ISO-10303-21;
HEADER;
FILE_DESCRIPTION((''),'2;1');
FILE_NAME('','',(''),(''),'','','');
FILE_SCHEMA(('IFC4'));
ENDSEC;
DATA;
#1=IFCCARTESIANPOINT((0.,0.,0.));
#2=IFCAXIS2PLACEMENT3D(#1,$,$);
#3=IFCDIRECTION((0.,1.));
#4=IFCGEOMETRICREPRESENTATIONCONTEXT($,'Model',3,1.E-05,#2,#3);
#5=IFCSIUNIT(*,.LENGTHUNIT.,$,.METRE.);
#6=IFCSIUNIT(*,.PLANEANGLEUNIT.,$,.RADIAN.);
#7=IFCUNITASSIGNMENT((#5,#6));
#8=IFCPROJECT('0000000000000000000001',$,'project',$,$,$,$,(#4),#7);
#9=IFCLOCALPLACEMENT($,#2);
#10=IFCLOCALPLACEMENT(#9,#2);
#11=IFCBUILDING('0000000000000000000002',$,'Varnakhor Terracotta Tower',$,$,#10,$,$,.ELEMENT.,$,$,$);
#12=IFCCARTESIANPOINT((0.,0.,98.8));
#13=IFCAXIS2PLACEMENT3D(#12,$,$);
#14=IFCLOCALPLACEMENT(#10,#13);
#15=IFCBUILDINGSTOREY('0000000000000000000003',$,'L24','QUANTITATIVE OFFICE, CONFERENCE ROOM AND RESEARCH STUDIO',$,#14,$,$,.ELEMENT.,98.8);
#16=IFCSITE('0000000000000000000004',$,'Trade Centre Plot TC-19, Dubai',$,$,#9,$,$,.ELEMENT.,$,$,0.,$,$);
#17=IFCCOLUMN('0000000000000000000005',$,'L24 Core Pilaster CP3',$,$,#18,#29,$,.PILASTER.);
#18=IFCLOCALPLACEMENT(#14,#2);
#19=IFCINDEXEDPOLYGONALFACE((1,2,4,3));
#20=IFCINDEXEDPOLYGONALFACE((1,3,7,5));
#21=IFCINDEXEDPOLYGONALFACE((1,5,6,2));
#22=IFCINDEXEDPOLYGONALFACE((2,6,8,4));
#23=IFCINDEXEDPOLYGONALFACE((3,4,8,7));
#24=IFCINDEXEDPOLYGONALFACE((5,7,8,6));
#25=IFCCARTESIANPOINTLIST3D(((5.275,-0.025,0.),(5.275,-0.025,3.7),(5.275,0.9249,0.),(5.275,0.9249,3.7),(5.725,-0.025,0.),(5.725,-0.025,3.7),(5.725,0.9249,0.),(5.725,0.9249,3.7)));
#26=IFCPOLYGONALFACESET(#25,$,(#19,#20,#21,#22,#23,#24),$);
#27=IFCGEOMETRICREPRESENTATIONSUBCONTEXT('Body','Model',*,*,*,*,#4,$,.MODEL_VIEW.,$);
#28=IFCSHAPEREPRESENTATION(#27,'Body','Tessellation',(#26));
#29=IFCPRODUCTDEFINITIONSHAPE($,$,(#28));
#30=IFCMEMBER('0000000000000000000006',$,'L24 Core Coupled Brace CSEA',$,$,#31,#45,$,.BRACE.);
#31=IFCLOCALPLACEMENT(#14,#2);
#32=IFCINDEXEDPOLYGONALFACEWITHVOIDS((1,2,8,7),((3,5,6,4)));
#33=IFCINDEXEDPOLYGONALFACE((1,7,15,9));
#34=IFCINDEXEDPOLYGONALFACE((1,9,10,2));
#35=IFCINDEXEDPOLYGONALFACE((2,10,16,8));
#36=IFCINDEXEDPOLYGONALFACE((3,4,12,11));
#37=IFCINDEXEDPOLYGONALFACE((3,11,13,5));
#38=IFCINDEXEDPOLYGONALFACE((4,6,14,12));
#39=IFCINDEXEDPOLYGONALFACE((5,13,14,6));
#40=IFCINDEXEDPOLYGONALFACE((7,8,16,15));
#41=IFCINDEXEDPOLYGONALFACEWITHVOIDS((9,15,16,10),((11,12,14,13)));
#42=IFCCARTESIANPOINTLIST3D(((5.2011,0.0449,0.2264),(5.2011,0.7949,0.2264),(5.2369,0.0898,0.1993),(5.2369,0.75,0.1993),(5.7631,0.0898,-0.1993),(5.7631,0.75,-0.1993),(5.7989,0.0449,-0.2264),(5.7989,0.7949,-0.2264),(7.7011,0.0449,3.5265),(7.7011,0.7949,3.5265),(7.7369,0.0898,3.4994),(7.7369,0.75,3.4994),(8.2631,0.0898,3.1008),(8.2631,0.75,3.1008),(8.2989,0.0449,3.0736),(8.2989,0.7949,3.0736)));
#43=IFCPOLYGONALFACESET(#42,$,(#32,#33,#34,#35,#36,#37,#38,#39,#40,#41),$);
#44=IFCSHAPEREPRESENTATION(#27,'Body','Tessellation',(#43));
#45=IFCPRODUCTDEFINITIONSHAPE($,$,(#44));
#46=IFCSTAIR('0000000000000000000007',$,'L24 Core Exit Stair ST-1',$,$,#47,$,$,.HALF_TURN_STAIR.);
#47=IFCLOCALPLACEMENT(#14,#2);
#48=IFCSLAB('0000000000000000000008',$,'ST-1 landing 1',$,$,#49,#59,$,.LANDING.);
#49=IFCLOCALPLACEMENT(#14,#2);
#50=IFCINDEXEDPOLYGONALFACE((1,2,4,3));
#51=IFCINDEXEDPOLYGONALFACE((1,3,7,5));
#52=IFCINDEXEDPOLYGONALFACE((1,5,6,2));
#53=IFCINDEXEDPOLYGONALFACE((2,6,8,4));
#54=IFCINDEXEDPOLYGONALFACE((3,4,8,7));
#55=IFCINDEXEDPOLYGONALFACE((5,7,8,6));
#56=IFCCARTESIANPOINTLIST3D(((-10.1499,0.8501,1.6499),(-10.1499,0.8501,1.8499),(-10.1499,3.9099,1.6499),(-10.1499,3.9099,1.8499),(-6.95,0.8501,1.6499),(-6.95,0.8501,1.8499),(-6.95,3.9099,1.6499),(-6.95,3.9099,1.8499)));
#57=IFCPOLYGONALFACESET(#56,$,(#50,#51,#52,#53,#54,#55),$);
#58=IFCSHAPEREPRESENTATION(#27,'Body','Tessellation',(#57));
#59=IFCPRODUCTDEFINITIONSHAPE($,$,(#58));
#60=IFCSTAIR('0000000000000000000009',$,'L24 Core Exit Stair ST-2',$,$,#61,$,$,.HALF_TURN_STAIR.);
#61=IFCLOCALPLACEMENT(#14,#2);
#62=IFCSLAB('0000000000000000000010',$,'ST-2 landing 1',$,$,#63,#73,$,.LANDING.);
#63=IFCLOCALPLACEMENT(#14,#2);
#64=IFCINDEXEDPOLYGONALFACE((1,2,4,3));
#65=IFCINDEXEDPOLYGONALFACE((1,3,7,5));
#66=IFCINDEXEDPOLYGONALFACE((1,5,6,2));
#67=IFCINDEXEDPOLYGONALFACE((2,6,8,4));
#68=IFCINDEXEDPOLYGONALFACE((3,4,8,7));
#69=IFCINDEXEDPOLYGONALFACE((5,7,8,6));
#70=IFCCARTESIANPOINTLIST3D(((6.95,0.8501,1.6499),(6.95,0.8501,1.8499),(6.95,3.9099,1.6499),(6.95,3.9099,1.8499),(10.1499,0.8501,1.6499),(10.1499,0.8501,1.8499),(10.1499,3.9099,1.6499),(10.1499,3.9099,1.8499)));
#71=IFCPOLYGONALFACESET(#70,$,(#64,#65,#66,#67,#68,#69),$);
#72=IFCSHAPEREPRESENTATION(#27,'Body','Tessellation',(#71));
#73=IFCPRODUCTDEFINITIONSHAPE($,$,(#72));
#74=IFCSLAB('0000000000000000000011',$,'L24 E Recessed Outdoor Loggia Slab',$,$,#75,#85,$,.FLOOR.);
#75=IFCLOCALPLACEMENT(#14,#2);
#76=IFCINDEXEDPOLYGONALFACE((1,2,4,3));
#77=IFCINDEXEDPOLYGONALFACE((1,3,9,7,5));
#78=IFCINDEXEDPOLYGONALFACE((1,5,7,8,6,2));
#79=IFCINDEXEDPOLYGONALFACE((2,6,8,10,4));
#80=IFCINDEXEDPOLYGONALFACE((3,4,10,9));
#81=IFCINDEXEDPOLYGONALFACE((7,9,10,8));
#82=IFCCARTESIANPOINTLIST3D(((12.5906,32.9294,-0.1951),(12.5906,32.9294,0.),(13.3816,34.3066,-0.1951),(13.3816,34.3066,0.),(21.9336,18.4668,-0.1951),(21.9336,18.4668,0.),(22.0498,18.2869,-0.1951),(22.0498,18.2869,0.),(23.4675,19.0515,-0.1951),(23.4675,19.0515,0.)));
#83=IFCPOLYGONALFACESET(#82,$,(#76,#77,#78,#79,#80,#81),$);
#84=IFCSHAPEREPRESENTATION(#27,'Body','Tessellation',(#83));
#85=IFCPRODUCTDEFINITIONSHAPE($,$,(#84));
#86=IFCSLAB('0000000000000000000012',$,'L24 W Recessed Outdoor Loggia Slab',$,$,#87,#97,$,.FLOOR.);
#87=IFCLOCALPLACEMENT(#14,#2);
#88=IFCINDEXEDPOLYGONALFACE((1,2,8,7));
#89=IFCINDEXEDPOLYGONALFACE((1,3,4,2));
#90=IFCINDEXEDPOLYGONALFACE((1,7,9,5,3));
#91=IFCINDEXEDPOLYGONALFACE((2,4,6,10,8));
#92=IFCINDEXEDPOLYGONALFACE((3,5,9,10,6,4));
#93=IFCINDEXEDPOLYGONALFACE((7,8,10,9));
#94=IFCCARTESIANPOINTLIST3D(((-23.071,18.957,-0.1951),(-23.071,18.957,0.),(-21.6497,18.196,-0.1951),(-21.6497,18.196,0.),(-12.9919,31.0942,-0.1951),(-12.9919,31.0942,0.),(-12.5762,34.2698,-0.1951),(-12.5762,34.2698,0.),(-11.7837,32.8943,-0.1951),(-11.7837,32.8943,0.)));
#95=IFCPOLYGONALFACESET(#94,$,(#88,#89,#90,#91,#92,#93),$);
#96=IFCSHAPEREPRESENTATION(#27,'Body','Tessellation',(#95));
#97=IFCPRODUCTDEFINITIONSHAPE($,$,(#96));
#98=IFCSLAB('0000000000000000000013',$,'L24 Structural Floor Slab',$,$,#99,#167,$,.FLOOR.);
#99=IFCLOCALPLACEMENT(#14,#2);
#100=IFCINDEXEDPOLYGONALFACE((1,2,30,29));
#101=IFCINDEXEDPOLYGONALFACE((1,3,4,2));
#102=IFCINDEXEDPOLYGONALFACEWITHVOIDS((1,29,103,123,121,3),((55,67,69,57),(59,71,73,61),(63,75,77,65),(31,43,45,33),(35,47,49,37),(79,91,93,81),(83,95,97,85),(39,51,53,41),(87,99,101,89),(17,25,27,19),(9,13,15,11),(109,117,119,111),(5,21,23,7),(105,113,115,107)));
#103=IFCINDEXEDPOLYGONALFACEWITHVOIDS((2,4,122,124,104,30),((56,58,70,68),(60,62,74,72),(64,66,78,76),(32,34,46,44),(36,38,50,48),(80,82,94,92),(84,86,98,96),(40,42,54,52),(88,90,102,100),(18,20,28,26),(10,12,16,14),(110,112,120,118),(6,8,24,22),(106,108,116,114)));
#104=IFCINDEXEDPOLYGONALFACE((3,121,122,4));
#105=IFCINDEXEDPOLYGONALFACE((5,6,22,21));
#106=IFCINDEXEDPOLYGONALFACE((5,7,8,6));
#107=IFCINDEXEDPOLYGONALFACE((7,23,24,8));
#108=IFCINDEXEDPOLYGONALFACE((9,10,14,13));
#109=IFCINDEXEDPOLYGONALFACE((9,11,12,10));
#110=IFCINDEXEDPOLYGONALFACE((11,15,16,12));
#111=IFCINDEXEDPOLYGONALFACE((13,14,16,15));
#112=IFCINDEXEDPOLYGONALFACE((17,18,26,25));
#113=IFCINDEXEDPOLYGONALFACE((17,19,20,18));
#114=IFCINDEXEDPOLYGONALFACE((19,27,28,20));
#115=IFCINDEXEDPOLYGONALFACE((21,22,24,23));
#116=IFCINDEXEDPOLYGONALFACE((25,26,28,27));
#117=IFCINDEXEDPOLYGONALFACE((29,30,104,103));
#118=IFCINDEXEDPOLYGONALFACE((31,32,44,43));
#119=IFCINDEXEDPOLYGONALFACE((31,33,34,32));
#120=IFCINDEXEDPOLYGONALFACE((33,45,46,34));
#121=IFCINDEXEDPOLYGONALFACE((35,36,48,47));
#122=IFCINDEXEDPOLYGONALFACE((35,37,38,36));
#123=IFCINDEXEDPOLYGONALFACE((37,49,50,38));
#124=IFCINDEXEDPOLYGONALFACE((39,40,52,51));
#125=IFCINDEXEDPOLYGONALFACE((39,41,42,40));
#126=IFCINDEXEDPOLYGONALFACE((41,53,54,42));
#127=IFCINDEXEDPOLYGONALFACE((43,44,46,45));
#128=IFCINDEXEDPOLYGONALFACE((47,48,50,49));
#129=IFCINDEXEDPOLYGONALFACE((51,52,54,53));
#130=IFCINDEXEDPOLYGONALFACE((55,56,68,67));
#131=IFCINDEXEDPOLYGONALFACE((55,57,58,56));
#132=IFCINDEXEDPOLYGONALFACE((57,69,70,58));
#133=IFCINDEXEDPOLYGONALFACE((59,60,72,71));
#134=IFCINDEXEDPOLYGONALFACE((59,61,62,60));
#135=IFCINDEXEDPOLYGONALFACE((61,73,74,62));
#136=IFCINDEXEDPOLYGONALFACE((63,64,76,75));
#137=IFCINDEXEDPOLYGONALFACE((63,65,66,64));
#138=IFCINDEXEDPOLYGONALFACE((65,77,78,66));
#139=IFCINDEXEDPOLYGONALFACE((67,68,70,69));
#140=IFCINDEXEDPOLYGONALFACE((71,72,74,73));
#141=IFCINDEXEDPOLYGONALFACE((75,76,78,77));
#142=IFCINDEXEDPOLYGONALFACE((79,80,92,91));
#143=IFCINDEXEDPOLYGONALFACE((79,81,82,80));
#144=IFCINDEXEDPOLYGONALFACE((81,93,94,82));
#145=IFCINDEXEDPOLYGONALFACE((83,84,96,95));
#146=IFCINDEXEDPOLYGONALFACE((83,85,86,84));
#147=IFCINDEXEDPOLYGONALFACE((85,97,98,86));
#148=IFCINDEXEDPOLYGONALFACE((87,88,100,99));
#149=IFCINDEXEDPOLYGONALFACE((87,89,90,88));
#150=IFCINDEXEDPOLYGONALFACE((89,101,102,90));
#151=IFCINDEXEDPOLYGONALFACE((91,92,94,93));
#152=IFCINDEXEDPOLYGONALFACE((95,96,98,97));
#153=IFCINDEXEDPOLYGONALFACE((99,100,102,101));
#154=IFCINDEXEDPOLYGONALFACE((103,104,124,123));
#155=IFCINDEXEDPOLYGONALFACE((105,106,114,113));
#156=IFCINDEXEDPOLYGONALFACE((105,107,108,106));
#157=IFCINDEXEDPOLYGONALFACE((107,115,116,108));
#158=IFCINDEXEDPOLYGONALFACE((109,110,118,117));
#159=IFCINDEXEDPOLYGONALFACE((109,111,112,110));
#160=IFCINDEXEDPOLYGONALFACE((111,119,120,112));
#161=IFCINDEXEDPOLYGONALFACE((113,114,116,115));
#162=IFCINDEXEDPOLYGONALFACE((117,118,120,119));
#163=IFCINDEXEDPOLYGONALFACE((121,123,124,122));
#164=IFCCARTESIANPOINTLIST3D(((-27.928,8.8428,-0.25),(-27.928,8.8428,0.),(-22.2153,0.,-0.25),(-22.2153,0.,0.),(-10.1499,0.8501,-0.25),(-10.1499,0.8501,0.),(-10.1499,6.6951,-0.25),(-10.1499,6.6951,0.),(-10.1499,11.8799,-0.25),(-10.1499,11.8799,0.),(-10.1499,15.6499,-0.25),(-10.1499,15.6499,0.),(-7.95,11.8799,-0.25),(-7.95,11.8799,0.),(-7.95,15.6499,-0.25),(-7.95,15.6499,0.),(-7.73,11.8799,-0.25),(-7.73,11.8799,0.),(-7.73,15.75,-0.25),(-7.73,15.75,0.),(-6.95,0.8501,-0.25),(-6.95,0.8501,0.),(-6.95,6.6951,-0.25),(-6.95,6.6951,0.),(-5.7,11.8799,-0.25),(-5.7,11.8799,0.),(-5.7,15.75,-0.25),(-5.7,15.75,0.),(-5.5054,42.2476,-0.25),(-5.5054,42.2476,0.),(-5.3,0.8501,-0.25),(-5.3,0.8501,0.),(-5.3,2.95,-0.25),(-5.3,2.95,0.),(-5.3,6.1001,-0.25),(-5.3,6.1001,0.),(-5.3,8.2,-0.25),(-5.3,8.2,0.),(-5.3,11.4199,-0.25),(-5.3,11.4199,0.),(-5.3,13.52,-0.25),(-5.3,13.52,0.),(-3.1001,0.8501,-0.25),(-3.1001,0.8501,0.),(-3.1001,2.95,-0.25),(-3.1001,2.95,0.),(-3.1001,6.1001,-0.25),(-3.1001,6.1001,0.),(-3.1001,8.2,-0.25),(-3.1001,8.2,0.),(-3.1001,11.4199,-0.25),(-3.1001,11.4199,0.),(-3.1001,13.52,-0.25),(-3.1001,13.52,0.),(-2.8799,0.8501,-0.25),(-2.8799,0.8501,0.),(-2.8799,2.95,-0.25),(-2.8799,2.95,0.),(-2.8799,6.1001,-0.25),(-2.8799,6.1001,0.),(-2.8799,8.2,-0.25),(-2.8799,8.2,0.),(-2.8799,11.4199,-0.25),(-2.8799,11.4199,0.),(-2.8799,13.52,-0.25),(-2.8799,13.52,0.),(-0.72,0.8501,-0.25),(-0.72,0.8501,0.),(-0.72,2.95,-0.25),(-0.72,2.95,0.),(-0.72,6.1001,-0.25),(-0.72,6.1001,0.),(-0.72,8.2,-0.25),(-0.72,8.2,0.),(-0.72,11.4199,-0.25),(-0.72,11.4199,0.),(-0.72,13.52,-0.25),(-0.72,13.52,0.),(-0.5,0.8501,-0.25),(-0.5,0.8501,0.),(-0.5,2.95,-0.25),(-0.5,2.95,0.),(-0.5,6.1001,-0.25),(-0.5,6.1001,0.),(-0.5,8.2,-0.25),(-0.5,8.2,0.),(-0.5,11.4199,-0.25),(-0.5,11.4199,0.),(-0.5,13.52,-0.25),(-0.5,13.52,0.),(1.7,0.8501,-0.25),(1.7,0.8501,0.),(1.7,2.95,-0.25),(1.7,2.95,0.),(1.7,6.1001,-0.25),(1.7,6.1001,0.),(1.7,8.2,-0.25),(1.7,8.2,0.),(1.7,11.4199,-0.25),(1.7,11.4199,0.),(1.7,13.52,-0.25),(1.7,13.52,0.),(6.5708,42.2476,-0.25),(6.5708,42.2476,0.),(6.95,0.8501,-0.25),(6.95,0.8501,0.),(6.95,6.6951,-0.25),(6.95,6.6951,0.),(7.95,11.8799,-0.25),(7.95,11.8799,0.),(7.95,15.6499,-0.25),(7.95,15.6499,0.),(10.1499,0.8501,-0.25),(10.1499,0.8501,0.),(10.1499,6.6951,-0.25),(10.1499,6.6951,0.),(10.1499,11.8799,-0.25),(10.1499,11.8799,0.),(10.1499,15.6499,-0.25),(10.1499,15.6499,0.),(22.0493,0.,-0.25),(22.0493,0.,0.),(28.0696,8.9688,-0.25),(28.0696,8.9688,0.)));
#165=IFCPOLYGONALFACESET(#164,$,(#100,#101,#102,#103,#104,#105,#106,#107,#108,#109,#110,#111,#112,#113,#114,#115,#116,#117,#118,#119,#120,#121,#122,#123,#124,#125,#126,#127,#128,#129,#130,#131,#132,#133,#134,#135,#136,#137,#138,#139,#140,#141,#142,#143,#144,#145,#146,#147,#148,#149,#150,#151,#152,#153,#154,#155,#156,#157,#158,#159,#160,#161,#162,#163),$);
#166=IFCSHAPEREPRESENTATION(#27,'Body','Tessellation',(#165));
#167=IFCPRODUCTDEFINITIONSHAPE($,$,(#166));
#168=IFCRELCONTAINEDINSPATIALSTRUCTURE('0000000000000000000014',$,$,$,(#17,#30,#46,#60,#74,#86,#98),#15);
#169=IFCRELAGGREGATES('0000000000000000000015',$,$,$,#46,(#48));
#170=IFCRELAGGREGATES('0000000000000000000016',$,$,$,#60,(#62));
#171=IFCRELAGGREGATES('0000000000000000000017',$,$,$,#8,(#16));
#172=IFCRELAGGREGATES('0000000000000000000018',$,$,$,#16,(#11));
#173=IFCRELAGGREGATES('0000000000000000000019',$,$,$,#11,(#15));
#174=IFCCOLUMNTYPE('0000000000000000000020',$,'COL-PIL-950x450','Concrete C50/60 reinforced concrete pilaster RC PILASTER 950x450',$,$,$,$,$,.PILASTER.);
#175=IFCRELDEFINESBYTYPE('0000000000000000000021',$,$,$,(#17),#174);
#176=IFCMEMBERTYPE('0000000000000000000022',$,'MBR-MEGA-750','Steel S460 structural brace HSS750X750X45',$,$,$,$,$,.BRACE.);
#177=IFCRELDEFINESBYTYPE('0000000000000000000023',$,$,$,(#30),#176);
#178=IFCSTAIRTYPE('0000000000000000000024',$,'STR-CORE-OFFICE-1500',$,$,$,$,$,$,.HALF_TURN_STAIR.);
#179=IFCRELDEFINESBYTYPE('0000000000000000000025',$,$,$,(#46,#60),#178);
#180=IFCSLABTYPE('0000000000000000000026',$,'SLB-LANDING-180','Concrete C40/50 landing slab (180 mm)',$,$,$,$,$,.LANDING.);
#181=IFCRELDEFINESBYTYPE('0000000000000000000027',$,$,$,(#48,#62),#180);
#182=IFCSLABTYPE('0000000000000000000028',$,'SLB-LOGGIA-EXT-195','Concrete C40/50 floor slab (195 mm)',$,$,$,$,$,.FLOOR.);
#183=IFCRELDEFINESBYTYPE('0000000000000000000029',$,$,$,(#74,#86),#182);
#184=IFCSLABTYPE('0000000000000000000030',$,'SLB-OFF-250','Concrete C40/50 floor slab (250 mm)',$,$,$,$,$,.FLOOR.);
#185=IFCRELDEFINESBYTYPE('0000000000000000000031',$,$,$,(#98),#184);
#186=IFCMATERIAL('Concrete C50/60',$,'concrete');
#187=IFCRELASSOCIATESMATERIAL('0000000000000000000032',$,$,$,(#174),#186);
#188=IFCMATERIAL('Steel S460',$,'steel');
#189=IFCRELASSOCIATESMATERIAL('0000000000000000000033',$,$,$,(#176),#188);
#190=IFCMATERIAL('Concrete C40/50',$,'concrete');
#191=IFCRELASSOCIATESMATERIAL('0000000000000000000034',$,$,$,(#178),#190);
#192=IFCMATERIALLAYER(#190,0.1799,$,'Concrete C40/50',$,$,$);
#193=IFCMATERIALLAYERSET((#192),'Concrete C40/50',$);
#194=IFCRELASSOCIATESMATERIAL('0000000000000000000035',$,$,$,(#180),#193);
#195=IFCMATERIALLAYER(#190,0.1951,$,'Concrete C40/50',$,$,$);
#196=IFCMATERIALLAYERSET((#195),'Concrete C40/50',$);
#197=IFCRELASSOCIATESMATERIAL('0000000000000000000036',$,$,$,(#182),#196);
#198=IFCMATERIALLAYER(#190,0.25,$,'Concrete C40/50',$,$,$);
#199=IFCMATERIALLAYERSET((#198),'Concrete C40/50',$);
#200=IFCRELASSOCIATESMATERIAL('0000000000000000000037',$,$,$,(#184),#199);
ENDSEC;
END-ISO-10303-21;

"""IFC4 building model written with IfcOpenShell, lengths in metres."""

from ifc_helpers import new_model, si_unit, direction, frame, origin, origin_2d, place, context, subcontext, project, spatial, polyline, rectangle, hollow_rectangle, outline, extrude, source, transform, mapped, material, layer, layer_set, material_profile, profile_set, type_object, type_shapes, element, aggregate, save


model = new_model("IFC4")

# Units and contexts
model_context = context("Model", 3, precision=1e-05, world=origin(), true_north=direction((0.0, 1.0)))
body_context = subcontext(model_context, "Body", "Model", "MODEL_VIEW")
ifc_project = project(units=[si_unit("LENGTHUNIT", "METRE"), si_unit("PLANEANGLEUNIT", "RADIAN")], contexts=[model_context])

# Site, building, storey
site_placement = place(None, origin())
site = spatial("IfcSite", under=ifc_project, at=site_placement, Name="Trade Centre Plot TC-19, Dubai", CompositionType="ELEMENT", RefElevation=0.0)
building_placement = place(site_placement, origin())
building = spatial("IfcBuilding", under=site, at=building_placement, Name="Varnakhor Terracotta Tower", CompositionType="ELEMENT")
storey_placement = place(building_placement, frame((0.0, 0.0, 98.8)))
storey = spatial("IfcBuildingStorey", under=building, at=storey_placement, Name="L24", Description="QUANTITATIVE OFFICE, CONFERENCE ROOM AND RESEARCH STUDIO", CompositionType="ELEMENT", Elevation=98.8)

# Column
ifc_material_1 = material(Name="Concrete C50/60", Category="concrete")
ifc_material_profile_1 = material_profile(ifc_material_1, rectangle(XDim=0.45, YDim=0.95, at=origin_2d()), Name="RC PILASTER 950x450")
ifc_profile_set_1 = profile_set([ifc_material_profile_1], Name="Concrete C50/60")
column_type = type_object("IfcColumnType", Name="COL-PIL-950x450", Description="Concrete C50/60 reinforced concrete pilaster RC PILASTER 950x450", PredefinedType="PILASTER", material=ifc_profile_set_1)
shared_shape_1 = source(origin(), body_context, "Body", "SweptSolid", [
    extrude(rectangle(XDim=0.45, YDim=0.95, at=origin_2d()), origin(), (0.0, 0.0, 1.0), 3.7),
])
column_placement = place(storey_placement, frame((5.5, 0.45, 0.0), z_axis=(0.0, 0.0, 1.0), x_axis=(1.0, 0.0, 0.0)))
element("IfcColumn", 1, at=column_placement, inside=storey, type_object=column_type, Name="L24 Core Pilaster CP3", PredefinedType="PILASTER", context=body_context, shape_type="MappedRepresentation", body=[
    mapped(shared_shape_1, transform((0.0, 0.0, 0.0), scale=1.0)),
])

# Member
ifc_material_2 = material(Name="Steel S460", Category="steel")
ifc_material_profile_2 = material_profile(ifc_material_2, hollow_rectangle(XDim=0.75, YDim=0.75, WallThickness=0.0449, at=origin_2d()), Name="HSS750X750X45")
ifc_profile_set_2 = profile_set([ifc_material_profile_2], Name="Steel S460")
member_type = type_object("IfcMemberType", Name="MBR-MEGA-750", Description="Steel S460 structural brace HSS750X750X45", PredefinedType="BRACE", material=ifc_profile_set_2)
shared_shape_2 = source(origin(), body_context, "Body", "SweptSolid", [
    extrude(hollow_rectangle(XDim=0.75, YDim=0.75, WallThickness=0.0449, at=origin_2d()), origin(), (0.0, 0.0, 1.0), 4.1401),
])
type_shapes(member_type, [shared_shape_2])
member_placement = place(storey_placement, frame((5.5, 0.4199, 0.0), z_axis=(0.603852, 0.0, 0.797096), x_axis=(0.0, 1.0, 0.0)))
element("IfcMember", 2, at=member_placement, inside=storey, type_object=member_type, Name="L24 Core Coupled Brace CSEA", PredefinedType="BRACE", context=body_context, shape_type="MappedRepresentation", body=[
    mapped(shared_shape_2, transform((0.0, 0.0, 0.0), scale=1.0)),
])

# Stairs, slabs
ifc_material_3 = material(Name="Concrete C40/50", Category="concrete")
stair_type = type_object("IfcStairType", Name="STR-CORE-OFFICE-1500", PredefinedType="HALF_TURN_STAIR", material=ifc_material_3)
stair_1_placement = place(storey_placement, origin())
stair_1 = element("IfcStair", 3, at=stair_1_placement, inside=storey, type_object=stair_type, Name="L24 Core Exit Stair ST-1", PredefinedType="HALF_TURN_STAIR")
ifc_layer_1 = layer(ifc_material_3, 0.1799, Name="Concrete C40/50")
ifc_layer_set_1 = layer_set([ifc_layer_1], Name="Concrete C40/50")
slab_type_1 = type_object("IfcSlabType", Name="SLB-LANDING-180", Description="Concrete C40/50 landing slab (180 mm)", PredefinedType="LANDING", material=ifc_layer_set_1)
slab_1_placement = place(storey_placement, frame((0.0, 0.0, 1.6499)))
slab_1 = element("IfcSlab", 4, at=slab_1_placement, type_object=slab_type_1, Name="ST-1 landing 1", PredefinedType="LANDING", context=body_context, shape_type="SweptSolid", body=[
    extrude(outline(polyline([(-10.1499, 3.9099), (-10.1499, 0.8501), (-6.95, 0.8501), (-6.95, 3.9099), (-10.1499, 3.9099)])), origin(), (0.0, 0.0, 1.0), 0.2),
])
aggregate(stair_1, [slab_1])
stair_2_placement = place(storey_placement, origin())
stair_2 = element("IfcStair", 5, at=stair_2_placement, inside=storey, type_object=stair_type, Name="L24 Core Exit Stair ST-2", PredefinedType="HALF_TURN_STAIR")
slab_2_placement = place(storey_placement, frame((0.0, 0.0, 1.6499)))
slab_2 = element("IfcSlab", 6, at=slab_2_placement, type_object=slab_type_1, Name="ST-2 landing 1", PredefinedType="LANDING", context=body_context, shape_type="SweptSolid", body=[
    extrude(outline(polyline([(6.95, 3.9099), (6.95, 0.8501), (10.1499, 0.8501), (10.1499, 3.9099), (6.95, 3.9099)])), origin(), (0.0, 0.0, 1.0), 0.2),
])
aggregate(stair_2, [slab_2])

# Slabs
ifc_layer_2 = layer(ifc_material_3, 0.1951, Name="Concrete C40/50")
ifc_layer_set_2 = layer_set([ifc_layer_2], Name="Concrete C40/50")
slab_type_2 = type_object("IfcSlabType", Name="SLB-LOGGIA-EXT-195", Description="Concrete C40/50 floor slab (195 mm)", PredefinedType="FLOOR", material=ifc_layer_set_2)
slab_3_placement = place(storey_placement, frame((0.0, 0.0, -0.1951)))
element("IfcSlab", 7, at=slab_3_placement, inside=storey, type_object=slab_type_2, Name="L24 E Recessed Outdoor Loggia Slab", PredefinedType="FLOOR", context=body_context, shape_type="SweptSolid", body=[
    extrude(outline(polyline([(13.3816, 34.3066), (23.4675, 19.0515), (22.0498, 18.2869), (21.9336, 18.4668), (12.5906, 32.9294), (13.3816, 34.3066)])), origin(), (0.0, 0.0, 1.0), 0.1951),
])
slab_4_placement = place(storey_placement, frame((0.0, 0.0, -0.1951)))
element("IfcSlab", 8, at=slab_4_placement, inside=storey, type_object=slab_type_2, Name="L24 W Recessed Outdoor Loggia Slab", PredefinedType="FLOOR", context=body_context, shape_type="SweptSolid", body=[
    extrude(outline(polyline([(-23.071, 18.957), (-12.5762, 34.2698), (-11.7837, 32.8943), (-12.9919, 31.0942), (-21.6497, 18.196), (-23.071, 18.957)])), origin(), (0.0, 0.0, 1.0), 0.1951),
])
ifc_layer_3 = layer(ifc_material_3, 0.25, Name="Concrete C40/50")
ifc_layer_set_3 = layer_set([ifc_layer_3], Name="Concrete C40/50")
slab_type_3 = type_object("IfcSlabType", Name="SLB-OFF-250", Description="Concrete C40/50 floor slab (250 mm)", PredefinedType="FLOOR", material=ifc_layer_set_3)
slab_5_placement = place(storey_placement, frame((0.0, 0.0, -0.25)))
element("IfcSlab", 9, at=slab_5_placement, inside=storey, type_object=slab_type_3, Name="L24 Structural Floor Slab", PredefinedType="FLOOR", context=body_context, shape_type="SweptSolid", body=[
    extrude(outline(polyline([(-27.928, 8.8428), (-5.5054, 42.2476), (6.5708, 42.2476), (28.0696, 8.9688), (22.0493, 0.0), (-22.2153, 0.0), (-27.928, 8.8428)]), holes=[polyline([(-3.1001, 0.8501), (-3.1001, 2.95), (-5.3, 2.95), (-5.3, 0.8501), (-3.1001, 0.8501)]), polyline([(-2.8799, 0.8501), (-0.72, 0.8501), (-0.72, 2.95), (-2.8799, 2.95), (-2.8799, 0.8501)]), polyline([(-10.1499, 0.8501), (-6.95, 0.8501), (-6.95, 6.6951), (-10.1499, 6.6951), (-10.1499, 0.8501)]), polyline([(-5.3, 6.1001), (-3.1001, 6.1001), (-3.1001, 8.2), (-5.3, 8.2), (-5.3, 6.1001)]), polyline([(-5.3, 11.4199), (-3.1001, 11.4199), (-3.1001, 13.52), (-5.3, 13.52), (-5.3, 11.4199)]), polyline([(-10.1499, 11.8799), (-7.95, 11.8799), (-7.95, 15.6499), (-10.1499, 15.6499), (-10.1499, 11.8799)]), polyline([(-7.73, 11.8799), (-5.7, 11.8799), (-5.7, 15.75), (-7.73, 15.75), (-7.73, 11.8799)]), polyline([(1.7, 0.8501), (1.7, 2.95), (-0.5, 2.95), (-0.5, 0.8501), (1.7, 0.8501)]), polyline([(6.95, 0.8501), (10.1499, 0.8501), (10.1499, 6.6951), (6.95, 6.6951), (6.95, 0.8501)]), polyline([(-2.8799, 6.1001), (-0.72, 6.1001), (-0.72, 8.2), (-2.8799, 8.2), (-2.8799, 6.1001)]), polyline([(-0.5, 6.1001), (1.7, 6.1001), (1.7, 8.2), (-0.5, 8.2), (-0.5, 6.1001)]), polyline([(-2.8799, 11.4199), (-0.72, 11.4199), (-0.72, 13.52), (-2.8799, 13.52), (-2.8799, 11.4199)]), polyline([(-0.5, 11.4199), (1.7, 11.4199), (1.7, 13.52), (-0.5, 13.52), (-0.5, 11.4199)]), polyline([(7.95, 11.8799), (10.1499, 11.8799), (10.1499, 15.6499), (7.95, 15.6499), (7.95, 11.8799)])]), origin(), (0.0, 0.0, 1.0), 0.25),
])

save(model, "model.ifc")
